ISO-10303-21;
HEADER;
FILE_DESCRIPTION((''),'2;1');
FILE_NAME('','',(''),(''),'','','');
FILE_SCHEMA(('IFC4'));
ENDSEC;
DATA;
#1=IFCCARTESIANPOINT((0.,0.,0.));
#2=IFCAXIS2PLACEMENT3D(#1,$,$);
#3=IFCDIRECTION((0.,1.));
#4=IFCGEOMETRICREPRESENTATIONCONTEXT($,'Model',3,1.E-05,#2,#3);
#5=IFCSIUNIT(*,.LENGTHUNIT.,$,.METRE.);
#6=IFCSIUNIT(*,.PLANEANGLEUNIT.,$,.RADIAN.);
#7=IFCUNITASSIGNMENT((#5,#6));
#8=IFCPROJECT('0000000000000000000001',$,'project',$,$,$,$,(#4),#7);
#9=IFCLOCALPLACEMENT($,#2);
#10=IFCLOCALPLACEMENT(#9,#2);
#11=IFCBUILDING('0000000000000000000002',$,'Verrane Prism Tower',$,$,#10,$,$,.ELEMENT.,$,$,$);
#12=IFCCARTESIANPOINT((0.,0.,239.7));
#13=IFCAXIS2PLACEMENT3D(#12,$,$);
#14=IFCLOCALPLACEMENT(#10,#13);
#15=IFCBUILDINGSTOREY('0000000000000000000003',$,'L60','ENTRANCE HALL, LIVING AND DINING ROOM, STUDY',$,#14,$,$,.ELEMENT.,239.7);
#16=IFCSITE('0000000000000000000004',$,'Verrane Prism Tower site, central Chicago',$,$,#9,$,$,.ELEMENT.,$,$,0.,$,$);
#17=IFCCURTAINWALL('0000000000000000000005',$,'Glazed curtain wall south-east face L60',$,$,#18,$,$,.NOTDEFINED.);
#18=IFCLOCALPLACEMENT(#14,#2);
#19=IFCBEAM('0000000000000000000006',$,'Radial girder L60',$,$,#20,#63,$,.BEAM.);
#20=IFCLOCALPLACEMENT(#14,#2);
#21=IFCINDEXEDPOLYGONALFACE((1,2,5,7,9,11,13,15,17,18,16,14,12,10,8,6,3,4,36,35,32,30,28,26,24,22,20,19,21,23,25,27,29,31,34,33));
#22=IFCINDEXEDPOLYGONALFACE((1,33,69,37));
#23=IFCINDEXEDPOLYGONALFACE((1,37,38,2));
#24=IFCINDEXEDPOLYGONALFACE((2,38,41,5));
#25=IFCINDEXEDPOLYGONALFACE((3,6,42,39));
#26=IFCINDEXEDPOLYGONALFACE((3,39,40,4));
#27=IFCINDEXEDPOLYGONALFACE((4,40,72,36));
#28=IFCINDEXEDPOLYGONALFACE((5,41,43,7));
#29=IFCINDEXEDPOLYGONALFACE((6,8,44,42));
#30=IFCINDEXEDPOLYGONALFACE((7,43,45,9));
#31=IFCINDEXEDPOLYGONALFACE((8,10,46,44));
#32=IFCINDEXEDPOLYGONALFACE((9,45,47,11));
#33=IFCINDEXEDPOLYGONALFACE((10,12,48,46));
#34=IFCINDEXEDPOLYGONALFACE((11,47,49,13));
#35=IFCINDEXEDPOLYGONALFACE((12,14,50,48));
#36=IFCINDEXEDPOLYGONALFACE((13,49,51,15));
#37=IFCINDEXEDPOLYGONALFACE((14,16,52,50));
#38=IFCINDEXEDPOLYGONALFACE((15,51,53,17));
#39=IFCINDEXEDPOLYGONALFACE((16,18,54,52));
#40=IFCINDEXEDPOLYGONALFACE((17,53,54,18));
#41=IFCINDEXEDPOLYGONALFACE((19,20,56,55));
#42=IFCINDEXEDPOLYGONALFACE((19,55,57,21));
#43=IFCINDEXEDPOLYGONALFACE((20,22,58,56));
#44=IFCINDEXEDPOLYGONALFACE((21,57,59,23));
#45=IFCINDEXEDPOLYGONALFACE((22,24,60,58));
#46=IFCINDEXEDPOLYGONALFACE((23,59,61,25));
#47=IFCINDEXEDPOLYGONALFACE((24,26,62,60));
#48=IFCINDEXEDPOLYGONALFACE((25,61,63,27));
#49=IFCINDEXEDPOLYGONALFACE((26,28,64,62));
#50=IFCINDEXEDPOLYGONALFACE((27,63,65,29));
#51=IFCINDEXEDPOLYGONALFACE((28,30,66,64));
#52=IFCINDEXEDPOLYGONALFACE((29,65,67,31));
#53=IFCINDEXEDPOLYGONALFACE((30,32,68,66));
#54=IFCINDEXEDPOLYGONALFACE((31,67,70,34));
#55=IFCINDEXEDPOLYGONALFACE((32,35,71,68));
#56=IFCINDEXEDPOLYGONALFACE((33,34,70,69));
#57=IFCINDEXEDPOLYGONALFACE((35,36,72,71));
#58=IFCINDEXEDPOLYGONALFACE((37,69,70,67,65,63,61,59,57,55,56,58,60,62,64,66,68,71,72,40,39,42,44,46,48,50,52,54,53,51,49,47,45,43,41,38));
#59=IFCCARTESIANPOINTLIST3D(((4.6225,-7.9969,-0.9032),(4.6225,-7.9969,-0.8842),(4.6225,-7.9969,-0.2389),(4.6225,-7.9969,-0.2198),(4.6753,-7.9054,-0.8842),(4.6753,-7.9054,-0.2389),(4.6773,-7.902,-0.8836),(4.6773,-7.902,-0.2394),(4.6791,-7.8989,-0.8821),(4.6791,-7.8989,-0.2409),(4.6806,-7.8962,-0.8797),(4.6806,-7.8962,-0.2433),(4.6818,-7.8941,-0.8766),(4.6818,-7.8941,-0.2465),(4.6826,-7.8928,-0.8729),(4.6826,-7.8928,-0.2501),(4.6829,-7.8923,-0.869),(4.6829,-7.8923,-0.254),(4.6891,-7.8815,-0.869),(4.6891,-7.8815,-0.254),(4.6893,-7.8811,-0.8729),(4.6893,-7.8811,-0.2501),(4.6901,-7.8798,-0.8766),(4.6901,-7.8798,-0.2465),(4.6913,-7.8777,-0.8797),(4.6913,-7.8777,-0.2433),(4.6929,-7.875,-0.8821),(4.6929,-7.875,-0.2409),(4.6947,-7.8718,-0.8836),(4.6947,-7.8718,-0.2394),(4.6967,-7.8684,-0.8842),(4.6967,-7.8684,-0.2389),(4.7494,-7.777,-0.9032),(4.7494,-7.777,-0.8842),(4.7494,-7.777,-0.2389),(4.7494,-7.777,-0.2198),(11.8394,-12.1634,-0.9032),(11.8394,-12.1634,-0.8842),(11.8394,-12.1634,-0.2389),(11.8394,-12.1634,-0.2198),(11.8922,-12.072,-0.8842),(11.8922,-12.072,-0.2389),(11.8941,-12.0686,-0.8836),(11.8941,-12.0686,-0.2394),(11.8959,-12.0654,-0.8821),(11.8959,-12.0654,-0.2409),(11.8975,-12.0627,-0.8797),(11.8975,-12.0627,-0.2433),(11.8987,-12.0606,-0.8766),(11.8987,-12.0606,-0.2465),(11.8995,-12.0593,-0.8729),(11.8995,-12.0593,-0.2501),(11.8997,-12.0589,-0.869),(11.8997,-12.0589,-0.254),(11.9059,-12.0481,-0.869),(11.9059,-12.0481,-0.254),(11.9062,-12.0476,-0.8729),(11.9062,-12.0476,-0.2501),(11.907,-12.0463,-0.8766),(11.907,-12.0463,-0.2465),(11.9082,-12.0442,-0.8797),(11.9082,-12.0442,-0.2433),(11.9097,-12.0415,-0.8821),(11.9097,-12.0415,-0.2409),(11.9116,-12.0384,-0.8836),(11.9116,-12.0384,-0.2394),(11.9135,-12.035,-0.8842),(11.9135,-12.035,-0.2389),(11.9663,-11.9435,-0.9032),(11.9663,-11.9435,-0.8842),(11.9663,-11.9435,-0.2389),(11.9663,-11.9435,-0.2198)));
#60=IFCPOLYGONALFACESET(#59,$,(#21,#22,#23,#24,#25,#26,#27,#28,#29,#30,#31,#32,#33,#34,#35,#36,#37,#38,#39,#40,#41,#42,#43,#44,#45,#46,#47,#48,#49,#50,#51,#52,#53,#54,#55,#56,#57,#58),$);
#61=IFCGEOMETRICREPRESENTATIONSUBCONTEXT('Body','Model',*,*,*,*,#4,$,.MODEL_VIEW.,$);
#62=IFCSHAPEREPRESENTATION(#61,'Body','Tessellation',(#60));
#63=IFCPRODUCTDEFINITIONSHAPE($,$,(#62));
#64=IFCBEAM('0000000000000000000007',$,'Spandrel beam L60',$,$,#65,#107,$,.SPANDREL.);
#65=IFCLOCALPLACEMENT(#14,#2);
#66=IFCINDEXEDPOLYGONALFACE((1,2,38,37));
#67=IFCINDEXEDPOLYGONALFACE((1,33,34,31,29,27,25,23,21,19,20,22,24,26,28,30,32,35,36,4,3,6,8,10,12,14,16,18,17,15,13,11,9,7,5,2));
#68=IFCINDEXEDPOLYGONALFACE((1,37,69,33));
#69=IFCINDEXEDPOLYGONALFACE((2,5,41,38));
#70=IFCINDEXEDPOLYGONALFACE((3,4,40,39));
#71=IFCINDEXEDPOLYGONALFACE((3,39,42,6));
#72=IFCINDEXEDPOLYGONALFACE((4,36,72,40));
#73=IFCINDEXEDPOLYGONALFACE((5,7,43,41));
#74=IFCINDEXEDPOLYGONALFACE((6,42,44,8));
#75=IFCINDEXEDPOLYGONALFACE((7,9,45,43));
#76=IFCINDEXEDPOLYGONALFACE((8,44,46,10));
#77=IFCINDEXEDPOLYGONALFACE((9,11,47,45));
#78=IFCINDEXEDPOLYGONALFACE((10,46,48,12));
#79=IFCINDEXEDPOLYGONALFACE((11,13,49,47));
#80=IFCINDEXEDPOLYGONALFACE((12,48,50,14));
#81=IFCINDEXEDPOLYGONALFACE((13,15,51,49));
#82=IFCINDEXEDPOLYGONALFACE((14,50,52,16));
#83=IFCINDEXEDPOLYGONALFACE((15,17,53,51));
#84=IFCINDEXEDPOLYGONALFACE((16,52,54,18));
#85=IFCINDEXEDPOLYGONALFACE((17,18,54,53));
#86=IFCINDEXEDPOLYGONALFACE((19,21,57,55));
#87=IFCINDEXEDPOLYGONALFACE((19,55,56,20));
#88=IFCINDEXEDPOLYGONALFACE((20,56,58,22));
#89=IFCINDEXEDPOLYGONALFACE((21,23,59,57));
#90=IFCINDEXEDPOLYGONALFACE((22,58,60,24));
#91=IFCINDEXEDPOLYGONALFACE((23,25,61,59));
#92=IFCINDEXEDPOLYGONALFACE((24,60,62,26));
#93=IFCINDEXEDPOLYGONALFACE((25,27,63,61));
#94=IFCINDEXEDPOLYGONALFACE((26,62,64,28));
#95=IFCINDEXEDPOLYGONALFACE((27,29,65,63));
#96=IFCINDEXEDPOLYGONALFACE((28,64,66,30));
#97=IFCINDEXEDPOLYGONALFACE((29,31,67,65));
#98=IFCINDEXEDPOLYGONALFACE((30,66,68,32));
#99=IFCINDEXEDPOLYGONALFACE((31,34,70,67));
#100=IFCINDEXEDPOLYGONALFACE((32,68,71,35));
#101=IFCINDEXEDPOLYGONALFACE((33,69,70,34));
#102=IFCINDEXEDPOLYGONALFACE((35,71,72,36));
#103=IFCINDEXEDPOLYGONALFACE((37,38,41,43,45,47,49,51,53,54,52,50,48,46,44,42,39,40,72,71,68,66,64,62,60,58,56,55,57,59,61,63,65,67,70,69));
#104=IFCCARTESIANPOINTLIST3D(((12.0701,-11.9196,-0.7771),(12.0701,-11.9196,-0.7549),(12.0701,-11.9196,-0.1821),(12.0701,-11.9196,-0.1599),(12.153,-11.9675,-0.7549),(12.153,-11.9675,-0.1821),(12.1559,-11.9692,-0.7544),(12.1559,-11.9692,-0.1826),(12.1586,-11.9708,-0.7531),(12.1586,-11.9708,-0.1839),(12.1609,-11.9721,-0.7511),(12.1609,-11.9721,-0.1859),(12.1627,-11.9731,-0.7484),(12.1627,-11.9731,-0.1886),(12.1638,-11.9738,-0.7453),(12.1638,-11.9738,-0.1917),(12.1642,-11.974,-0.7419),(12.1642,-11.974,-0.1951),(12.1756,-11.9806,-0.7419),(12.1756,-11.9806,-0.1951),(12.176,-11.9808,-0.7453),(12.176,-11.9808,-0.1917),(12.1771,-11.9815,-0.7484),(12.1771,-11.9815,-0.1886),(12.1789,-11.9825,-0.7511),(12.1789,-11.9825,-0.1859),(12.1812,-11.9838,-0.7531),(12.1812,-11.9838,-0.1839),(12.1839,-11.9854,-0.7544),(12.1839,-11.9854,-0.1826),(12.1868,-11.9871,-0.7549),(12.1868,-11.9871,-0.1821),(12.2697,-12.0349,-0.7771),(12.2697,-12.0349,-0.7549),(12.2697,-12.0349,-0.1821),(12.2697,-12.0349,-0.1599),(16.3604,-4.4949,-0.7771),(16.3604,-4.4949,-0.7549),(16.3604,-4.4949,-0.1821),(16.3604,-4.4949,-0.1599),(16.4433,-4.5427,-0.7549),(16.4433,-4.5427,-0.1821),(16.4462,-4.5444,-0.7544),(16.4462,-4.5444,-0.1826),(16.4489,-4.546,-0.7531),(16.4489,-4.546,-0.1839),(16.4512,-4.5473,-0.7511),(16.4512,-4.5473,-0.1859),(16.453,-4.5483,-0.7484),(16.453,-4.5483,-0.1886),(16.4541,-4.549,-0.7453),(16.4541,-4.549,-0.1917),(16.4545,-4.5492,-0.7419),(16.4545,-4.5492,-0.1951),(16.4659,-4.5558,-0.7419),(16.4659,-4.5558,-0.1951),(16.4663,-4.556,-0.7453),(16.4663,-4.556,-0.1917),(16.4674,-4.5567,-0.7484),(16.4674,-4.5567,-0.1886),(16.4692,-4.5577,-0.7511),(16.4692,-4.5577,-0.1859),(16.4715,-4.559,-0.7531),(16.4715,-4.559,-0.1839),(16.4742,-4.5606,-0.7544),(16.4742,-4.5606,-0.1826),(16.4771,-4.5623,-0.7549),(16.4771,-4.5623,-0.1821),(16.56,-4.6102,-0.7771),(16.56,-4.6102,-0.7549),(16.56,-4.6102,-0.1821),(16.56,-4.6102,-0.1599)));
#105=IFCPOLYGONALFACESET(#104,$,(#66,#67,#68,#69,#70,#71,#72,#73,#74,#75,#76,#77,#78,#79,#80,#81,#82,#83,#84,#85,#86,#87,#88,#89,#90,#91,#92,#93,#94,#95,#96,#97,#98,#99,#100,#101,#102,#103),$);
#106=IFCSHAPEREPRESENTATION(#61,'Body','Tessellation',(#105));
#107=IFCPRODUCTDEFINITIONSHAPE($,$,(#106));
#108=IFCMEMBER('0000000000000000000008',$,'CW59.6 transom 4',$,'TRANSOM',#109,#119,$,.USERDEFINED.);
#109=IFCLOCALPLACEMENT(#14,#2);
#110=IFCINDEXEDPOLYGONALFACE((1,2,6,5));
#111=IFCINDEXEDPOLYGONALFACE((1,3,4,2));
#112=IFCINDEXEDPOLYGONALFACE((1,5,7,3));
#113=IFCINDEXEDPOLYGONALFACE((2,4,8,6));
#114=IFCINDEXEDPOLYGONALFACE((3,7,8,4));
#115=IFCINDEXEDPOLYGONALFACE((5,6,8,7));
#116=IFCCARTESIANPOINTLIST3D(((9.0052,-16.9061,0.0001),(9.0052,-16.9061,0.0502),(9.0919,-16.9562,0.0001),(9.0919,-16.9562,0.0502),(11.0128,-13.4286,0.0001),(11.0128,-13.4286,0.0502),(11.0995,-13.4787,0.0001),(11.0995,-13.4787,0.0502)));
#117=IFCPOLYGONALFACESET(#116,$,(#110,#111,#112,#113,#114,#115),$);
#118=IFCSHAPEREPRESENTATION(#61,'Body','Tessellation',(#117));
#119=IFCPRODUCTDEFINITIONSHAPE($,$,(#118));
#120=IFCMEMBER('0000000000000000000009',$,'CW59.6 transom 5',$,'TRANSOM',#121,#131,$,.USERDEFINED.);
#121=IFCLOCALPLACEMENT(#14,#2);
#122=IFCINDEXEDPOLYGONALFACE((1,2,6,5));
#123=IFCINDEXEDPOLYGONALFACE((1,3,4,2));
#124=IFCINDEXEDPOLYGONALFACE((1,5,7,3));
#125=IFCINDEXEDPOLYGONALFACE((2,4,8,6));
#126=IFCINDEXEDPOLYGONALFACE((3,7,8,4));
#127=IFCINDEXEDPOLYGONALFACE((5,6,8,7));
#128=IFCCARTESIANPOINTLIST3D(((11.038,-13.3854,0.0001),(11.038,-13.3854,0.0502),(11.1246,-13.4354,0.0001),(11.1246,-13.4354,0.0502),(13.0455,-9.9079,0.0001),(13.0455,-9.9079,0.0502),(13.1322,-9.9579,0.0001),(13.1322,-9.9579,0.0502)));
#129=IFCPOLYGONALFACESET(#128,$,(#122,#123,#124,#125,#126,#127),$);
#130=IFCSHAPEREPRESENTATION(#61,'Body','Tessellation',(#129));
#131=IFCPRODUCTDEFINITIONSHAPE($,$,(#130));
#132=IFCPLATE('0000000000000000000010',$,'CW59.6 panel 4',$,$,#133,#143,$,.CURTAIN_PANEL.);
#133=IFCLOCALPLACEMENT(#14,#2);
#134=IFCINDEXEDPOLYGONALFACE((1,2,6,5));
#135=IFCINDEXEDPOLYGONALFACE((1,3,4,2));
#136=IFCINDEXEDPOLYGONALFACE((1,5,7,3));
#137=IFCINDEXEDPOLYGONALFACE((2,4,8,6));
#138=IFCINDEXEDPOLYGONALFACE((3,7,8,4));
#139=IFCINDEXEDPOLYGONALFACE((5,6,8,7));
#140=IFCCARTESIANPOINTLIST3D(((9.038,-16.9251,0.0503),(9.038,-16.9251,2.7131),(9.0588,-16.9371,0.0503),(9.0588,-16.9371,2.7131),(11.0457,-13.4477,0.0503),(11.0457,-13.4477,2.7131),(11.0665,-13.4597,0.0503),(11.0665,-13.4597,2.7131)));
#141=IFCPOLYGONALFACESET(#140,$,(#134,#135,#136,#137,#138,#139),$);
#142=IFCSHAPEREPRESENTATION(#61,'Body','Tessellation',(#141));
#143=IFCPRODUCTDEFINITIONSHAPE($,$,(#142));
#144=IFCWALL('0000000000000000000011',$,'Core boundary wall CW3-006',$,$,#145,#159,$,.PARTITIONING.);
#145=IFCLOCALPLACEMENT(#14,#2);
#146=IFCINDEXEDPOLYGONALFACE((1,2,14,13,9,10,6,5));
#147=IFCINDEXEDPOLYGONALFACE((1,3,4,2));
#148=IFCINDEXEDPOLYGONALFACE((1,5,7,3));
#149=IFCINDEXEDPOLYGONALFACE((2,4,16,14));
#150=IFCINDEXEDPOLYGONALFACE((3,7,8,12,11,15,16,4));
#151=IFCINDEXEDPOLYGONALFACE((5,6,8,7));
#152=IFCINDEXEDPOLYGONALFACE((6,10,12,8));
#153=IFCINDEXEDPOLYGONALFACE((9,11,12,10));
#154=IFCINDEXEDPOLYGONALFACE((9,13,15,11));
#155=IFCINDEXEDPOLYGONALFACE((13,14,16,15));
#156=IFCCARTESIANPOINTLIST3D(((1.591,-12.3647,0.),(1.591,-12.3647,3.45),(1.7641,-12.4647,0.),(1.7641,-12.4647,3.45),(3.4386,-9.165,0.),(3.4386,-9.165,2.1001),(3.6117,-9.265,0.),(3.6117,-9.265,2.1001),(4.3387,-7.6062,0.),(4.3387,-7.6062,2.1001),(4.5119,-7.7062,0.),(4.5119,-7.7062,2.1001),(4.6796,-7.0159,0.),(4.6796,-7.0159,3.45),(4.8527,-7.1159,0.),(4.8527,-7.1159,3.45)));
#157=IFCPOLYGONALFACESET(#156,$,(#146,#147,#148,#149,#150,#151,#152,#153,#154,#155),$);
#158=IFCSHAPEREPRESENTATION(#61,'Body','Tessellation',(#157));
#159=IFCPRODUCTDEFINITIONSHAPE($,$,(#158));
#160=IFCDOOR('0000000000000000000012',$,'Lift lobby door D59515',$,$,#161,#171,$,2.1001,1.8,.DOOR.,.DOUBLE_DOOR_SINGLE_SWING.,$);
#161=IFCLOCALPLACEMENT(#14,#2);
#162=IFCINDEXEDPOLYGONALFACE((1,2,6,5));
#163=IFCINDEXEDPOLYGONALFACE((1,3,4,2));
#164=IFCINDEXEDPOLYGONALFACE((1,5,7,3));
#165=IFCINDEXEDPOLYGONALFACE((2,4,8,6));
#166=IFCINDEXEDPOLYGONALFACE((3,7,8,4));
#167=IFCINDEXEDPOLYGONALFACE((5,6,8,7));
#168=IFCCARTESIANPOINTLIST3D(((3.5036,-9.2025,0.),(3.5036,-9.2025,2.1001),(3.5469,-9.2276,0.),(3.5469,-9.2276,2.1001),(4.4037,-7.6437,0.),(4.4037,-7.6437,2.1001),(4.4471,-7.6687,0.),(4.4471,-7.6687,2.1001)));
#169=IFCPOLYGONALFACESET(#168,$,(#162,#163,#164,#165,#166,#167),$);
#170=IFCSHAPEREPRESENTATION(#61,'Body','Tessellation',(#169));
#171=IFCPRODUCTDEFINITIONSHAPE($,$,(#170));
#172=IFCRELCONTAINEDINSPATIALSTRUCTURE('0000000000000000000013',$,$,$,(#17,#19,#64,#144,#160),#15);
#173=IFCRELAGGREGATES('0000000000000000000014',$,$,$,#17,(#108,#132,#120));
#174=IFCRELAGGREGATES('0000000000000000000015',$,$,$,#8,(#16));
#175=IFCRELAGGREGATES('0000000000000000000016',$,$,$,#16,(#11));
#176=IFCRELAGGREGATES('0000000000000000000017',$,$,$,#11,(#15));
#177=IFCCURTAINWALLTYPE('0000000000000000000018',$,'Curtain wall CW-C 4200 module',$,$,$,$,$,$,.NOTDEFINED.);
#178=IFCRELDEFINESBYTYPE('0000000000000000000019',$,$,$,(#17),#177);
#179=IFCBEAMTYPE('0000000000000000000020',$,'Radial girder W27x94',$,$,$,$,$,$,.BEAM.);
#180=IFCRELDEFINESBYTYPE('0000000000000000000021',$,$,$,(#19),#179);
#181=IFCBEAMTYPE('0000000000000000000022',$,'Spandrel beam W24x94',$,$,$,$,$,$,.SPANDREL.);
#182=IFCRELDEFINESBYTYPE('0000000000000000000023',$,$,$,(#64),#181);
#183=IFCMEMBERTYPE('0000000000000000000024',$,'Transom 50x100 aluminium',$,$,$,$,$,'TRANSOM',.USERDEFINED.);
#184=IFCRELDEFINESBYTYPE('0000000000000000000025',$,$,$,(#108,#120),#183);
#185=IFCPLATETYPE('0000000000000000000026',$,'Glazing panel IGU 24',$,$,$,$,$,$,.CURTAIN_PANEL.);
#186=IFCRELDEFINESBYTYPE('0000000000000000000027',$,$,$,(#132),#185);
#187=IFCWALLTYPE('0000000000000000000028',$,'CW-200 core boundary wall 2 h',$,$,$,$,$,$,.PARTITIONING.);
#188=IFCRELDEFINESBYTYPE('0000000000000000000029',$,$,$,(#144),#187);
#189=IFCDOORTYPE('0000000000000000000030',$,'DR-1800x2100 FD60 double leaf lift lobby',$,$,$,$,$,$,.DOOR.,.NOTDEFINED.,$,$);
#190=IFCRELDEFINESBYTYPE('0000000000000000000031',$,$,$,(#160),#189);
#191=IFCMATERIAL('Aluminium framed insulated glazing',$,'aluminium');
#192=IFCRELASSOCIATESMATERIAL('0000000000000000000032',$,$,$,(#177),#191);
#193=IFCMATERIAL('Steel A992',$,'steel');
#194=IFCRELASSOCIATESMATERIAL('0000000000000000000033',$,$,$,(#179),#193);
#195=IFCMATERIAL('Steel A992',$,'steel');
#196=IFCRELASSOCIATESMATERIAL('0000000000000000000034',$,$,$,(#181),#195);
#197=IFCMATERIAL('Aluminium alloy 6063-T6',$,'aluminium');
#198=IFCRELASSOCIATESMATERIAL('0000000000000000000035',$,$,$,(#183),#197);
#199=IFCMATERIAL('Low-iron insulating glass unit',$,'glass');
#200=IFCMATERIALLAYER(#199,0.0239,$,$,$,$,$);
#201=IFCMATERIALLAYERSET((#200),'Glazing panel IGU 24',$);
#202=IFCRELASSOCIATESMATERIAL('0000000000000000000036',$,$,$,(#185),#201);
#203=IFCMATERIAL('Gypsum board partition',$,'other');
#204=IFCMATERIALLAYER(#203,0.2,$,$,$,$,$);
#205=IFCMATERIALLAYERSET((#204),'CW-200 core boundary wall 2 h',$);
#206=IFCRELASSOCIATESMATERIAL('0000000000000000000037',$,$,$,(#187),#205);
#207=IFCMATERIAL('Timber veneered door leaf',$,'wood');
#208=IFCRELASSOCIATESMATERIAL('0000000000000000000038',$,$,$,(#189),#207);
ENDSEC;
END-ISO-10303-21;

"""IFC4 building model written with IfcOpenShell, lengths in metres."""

from ifc_helpers import new_model, si_unit, direction, frame, frame_2d, origin, origin_2d, place, context, subcontext, project, spatial, rectangle, i_section, extrude, material, layer, layer_set, material_profile, profile_set, type_object, element, fill, aggregate, save


model = new_model("IFC4")

# Units and contexts
model_context = context("Model", 3, precision=1e-05, world=origin(), true_north=direction((0.0, 1.0)))
body_context = subcontext(model_context, "Body", "Model", "MODEL_VIEW")
ifc_project = project(units=[si_unit("LENGTHUNIT", "METRE"), si_unit("PLANEANGLEUNIT", "RADIAN")], contexts=[model_context])

# Site, building, storey
site_placement = place(None, origin())
site = spatial("IfcSite", under=ifc_project, at=site_placement, Name="Verrane Prism Tower site, central Chicago", CompositionType="ELEMENT", RefElevation=0.0)
building_placement = place(site_placement, origin())
building = spatial("IfcBuilding", under=site, at=building_placement, Name="Verrane Prism Tower", CompositionType="ELEMENT")
storey_placement = place(building_placement, frame((0.0, 0.0, 239.7)))
storey = spatial("IfcBuildingStorey", under=building, at=storey_placement, Name="L60", Description="ENTRANCE HALL, LIVING AND DINING ROOM, STUDY", CompositionType="ELEMENT", Elevation=239.7)

# Curtain wall
ifc_material_1 = material(Name="Aluminium framed insulated glazing", Category="aluminium")
curtain_wall_type = type_object("IfcCurtainWallType", Name="Curtain wall CW-C 4200 module", PredefinedType="NOTDEFINED", material=ifc_material_1)
curtain_wall_placement = place(storey_placement, origin())
curtain_wall = element("IfcCurtainWall", 1, at=curtain_wall_placement, inside=storey, type_object=curtain_wall_type, Name="Glazed curtain wall south-east face L60", PredefinedType="NOTDEFINED")

# Beams
ifc_material_2 = material(Name="Steel A992", Category="steel")
ifc_material_profile_1 = material_profile(ifc_material_2, i_section(OverallWidth=0.2539, OverallDepth=0.6833, WebThickness=0.0125, FlangeThickness=0.019, FilletRadius=0.0151, at=origin_2d()), Name="W27x94")
ifc_profile_set_1 = profile_set([ifc_material_profile_1], Name="Steel A992")
beam_type_1 = type_object("IfcBeamType", Name="Radial girder W27x94", PredefinedType="BEAM", material=ifc_profile_set_1)
beam_1_placement = place(storey_placement, frame((11.9028, -12.0535, -0.5615), z_axis=(-0.866031, 0.49999, 0.0), x_axis=(-0.49999, -0.866031, 0.0)))
element("IfcBeam", 2, at=beam_1_placement, inside=storey, type_object=beam_type_1, Name="Radial girder L60", PredefinedType="BEAM", context=body_context, shape_type="SweptSolid", body=[
    extrude(i_section(OverallWidth=0.2539, OverallDepth=0.6833, WebThickness=0.0125, FlangeThickness=0.019, FilletRadius=0.0151, at=origin_2d()), origin(), (0.0, 0.0, 1.0), 8.3333),
])
ifc_material_3 = material(Name="Steel A992", Category="steel")
ifc_material_profile_2 = material_profile(ifc_material_3, i_section(OverallWidth=0.2305, OverallDepth=0.6172, WebThickness=0.0132, FlangeThickness=0.0222, FilletRadius=0.0129, at=origin_2d()), Name="W24x94")
ifc_profile_set_2 = profile_set([ifc_material_profile_2], Name="Steel A992")
beam_type_2 = type_object("IfcBeamType", Name="Spandrel beam W24x94", PredefinedType="SPANDREL", material=ifc_profile_set_2)
beam_2_placement = place(storey_placement, frame((12.1699, -11.9773, -0.4685), z_axis=(0.500312, 0.865845, 0.0), x_axis=(-0.865845, 0.500312, 0.0)))
element("IfcBeam", 3, at=beam_2_placement, inside=storey, type_object=beam_type_2, Name="Spandrel beam L60", PredefinedType="SPANDREL", context=body_context, shape_type="SweptSolid", body=[
    extrude(i_section(OverallWidth=0.2305, OverallDepth=0.6172, WebThickness=0.0132, FlangeThickness=0.0222, FilletRadius=0.0129, at=origin_2d()), origin(), (0.0, 0.0, 1.0), 8.5752),
])

# Members
ifc_material_4 = material(Name="Aluminium alloy 6063-T6", Category="aluminium")
ifc_material_profile_3 = material_profile(ifc_material_4, rectangle(XDim=0.1001, YDim=0.05, at=origin_2d()), Name="Transom 50x100 aluminium")
ifc_profile_set_3 = profile_set([ifc_material_profile_3], Name="Aluminium alloy 6063-T6")
member_type_1 = type_object("IfcMemberType", Name="Transom 50x100 aluminium", ElementType="TRANSOM", PredefinedType="USERDEFINED", material=ifc_profile_set_3)
member_1_placement = place(storey_placement, frame((9.0486, -16.9312, 0.0251), z_axis=(0.499965, 0.866046, 0.0), x_axis=(-0.866046, 0.499965, 0.0)))
member_1 = element("IfcMember", 4, at=member_1_placement, type_object=member_type_1, Name="CW59.6 transom 4", ObjectType="TRANSOM", PredefinedType="USERDEFINED", context=body_context, shape_type="SweptSolid", body=[
    extrude(rectangle(XDim=0.1001, YDim=0.05, at=origin_2d()), origin(), (0.0, 0.0, 1.0), 4.0154),
])
member_2_placement = place(storey_placement, frame((11.0813, -13.4104, 0.0251), z_axis=(0.499965, 0.866046, 0.0), x_axis=(-0.866046, 0.499965, 0.0)))
member_2 = element("IfcMember", 5, at=member_2_placement, type_object=member_type_1, Name="CW59.6 transom 5", ObjectType="TRANSOM", PredefinedType="USERDEFINED", context=body_context, shape_type="SweptSolid", body=[
    extrude(rectangle(XDim=0.1001, YDim=0.05, at=origin_2d()), origin(), (0.0, 0.0, 1.0), 4.0154),
])

# Plate
ifc_material_5 = material(Name="Low-iron insulating glass unit", Category="glass")
ifc_layer_1 = layer(ifc_material_5, 0.0239)
ifc_layer_set_1 = layer_set([ifc_layer_1], Name="Glazing panel IGU 24")
plate_type = type_object("IfcPlateType", Name="Glazing panel IGU 24", PredefinedType="CURTAIN_PANEL", material=ifc_layer_set_1)
plate_placement = place(storey_placement, frame((10.0522, -15.1924, 0.0503), z_axis=(0.0, 0.0, 1.0), x_axis=(0.499999, 0.866026, 0.0)))
plate = element("IfcPlate", 6, at=plate_placement, type_object=plate_type, Name="CW59.6 panel 4", PredefinedType="CURTAIN_PANEL", context=body_context, shape_type="SweptSolid", body=[
    extrude(rectangle(XDim=4.0154, YDim=0.0239, at=origin_2d()), origin(), (0.0, 0.0, 1.0), 2.6628),
])
aggregate(curtain_wall, [member_1, plate, member_2])

# Wall, opening, door
ifc_material_6 = material(Name="Gypsum board partition", Category="other")
ifc_layer_2 = layer(ifc_material_6, 0.2)
ifc_layer_set_2 = layer_set([ifc_layer_2], Name="CW-200 core boundary wall 2 h")
wall_type_1 = type_object("IfcWallType", Name="CW-200 core boundary wall 2 h", PredefinedType="PARTITIONING", material=ifc_layer_set_2)
wall_1_placement = place(storey_placement, frame((1.6775, -12.4148, 0.0), z_axis=(0.0, 0.0, 1.0), x_axis=(0.500054, 0.865994, 0.0)))
wall_1 = element("IfcWall", 7, at=wall_1_placement, inside=storey, type_object=wall_type_1, Name="Core boundary wall CW3-006", PredefinedType="PARTITIONING", context=body_context, shape_type="SweptSolid", body=[
    extrude(rectangle(XDim=6.1765, YDim=0.2, at=frame_2d((3.0884, 0.0))), origin(), (0.0, 0.0, 1.0), 3.45),
])
opening_1_placement = place(wall_1_placement, frame((3.6951, 0.0, 0.0)))
opening_1 = element("IfcOpeningElement", 8, at=opening_1_placement, cuts=wall_1, PredefinedType="OPENING", context=body_context, shape_type="SweptSolid", body=[
    extrude(rectangle(XDim=1.8, YDim=2.1001, at=frame_2d((0.8999, 1.05))), frame((0.0, 0.1099, 0.0), z_axis=(0.0, -1.0, 0.0), x_axis=(1.0, 0.0, 0.0)), (0.0, 0.0, 1.0), 0.22),
])
ifc_material_7 = material(Name="Timber veneered door leaf", Category="wood")
door_type_1 = type_object("IfcDoorType", Name="DR-1800x2100 FD60 double leaf lift lobby", OperationType="NOTDEFINED", PredefinedType="DOOR", material=ifc_material_7)
door_1_placement = place(opening_1_placement, origin())
door_1 = element("IfcDoor", 9, at=door_1_placement, inside=storey, type_object=door_type_1, Name="Lift lobby door D59515", OperationType="DOUBLE_DOOR_SINGLE_SWING", OverallHeight=2.1001, OverallWidth=1.8, PredefinedType="DOOR", context=body_context, shape_type="SweptSolid", body=[
    extrude(rectangle(XDim=1.8, YDim=2.1001, at=frame_2d((0.8999, 1.05))), frame((0.0, 0.0249, 0.0), z_axis=(0.0, -1.0, 0.0), x_axis=(1.0, 0.0, 0.0)), (0.0, 0.0, 1.0), 0.05),
])
fill(opening_1, door_1)

save(model, "model.ifc")
